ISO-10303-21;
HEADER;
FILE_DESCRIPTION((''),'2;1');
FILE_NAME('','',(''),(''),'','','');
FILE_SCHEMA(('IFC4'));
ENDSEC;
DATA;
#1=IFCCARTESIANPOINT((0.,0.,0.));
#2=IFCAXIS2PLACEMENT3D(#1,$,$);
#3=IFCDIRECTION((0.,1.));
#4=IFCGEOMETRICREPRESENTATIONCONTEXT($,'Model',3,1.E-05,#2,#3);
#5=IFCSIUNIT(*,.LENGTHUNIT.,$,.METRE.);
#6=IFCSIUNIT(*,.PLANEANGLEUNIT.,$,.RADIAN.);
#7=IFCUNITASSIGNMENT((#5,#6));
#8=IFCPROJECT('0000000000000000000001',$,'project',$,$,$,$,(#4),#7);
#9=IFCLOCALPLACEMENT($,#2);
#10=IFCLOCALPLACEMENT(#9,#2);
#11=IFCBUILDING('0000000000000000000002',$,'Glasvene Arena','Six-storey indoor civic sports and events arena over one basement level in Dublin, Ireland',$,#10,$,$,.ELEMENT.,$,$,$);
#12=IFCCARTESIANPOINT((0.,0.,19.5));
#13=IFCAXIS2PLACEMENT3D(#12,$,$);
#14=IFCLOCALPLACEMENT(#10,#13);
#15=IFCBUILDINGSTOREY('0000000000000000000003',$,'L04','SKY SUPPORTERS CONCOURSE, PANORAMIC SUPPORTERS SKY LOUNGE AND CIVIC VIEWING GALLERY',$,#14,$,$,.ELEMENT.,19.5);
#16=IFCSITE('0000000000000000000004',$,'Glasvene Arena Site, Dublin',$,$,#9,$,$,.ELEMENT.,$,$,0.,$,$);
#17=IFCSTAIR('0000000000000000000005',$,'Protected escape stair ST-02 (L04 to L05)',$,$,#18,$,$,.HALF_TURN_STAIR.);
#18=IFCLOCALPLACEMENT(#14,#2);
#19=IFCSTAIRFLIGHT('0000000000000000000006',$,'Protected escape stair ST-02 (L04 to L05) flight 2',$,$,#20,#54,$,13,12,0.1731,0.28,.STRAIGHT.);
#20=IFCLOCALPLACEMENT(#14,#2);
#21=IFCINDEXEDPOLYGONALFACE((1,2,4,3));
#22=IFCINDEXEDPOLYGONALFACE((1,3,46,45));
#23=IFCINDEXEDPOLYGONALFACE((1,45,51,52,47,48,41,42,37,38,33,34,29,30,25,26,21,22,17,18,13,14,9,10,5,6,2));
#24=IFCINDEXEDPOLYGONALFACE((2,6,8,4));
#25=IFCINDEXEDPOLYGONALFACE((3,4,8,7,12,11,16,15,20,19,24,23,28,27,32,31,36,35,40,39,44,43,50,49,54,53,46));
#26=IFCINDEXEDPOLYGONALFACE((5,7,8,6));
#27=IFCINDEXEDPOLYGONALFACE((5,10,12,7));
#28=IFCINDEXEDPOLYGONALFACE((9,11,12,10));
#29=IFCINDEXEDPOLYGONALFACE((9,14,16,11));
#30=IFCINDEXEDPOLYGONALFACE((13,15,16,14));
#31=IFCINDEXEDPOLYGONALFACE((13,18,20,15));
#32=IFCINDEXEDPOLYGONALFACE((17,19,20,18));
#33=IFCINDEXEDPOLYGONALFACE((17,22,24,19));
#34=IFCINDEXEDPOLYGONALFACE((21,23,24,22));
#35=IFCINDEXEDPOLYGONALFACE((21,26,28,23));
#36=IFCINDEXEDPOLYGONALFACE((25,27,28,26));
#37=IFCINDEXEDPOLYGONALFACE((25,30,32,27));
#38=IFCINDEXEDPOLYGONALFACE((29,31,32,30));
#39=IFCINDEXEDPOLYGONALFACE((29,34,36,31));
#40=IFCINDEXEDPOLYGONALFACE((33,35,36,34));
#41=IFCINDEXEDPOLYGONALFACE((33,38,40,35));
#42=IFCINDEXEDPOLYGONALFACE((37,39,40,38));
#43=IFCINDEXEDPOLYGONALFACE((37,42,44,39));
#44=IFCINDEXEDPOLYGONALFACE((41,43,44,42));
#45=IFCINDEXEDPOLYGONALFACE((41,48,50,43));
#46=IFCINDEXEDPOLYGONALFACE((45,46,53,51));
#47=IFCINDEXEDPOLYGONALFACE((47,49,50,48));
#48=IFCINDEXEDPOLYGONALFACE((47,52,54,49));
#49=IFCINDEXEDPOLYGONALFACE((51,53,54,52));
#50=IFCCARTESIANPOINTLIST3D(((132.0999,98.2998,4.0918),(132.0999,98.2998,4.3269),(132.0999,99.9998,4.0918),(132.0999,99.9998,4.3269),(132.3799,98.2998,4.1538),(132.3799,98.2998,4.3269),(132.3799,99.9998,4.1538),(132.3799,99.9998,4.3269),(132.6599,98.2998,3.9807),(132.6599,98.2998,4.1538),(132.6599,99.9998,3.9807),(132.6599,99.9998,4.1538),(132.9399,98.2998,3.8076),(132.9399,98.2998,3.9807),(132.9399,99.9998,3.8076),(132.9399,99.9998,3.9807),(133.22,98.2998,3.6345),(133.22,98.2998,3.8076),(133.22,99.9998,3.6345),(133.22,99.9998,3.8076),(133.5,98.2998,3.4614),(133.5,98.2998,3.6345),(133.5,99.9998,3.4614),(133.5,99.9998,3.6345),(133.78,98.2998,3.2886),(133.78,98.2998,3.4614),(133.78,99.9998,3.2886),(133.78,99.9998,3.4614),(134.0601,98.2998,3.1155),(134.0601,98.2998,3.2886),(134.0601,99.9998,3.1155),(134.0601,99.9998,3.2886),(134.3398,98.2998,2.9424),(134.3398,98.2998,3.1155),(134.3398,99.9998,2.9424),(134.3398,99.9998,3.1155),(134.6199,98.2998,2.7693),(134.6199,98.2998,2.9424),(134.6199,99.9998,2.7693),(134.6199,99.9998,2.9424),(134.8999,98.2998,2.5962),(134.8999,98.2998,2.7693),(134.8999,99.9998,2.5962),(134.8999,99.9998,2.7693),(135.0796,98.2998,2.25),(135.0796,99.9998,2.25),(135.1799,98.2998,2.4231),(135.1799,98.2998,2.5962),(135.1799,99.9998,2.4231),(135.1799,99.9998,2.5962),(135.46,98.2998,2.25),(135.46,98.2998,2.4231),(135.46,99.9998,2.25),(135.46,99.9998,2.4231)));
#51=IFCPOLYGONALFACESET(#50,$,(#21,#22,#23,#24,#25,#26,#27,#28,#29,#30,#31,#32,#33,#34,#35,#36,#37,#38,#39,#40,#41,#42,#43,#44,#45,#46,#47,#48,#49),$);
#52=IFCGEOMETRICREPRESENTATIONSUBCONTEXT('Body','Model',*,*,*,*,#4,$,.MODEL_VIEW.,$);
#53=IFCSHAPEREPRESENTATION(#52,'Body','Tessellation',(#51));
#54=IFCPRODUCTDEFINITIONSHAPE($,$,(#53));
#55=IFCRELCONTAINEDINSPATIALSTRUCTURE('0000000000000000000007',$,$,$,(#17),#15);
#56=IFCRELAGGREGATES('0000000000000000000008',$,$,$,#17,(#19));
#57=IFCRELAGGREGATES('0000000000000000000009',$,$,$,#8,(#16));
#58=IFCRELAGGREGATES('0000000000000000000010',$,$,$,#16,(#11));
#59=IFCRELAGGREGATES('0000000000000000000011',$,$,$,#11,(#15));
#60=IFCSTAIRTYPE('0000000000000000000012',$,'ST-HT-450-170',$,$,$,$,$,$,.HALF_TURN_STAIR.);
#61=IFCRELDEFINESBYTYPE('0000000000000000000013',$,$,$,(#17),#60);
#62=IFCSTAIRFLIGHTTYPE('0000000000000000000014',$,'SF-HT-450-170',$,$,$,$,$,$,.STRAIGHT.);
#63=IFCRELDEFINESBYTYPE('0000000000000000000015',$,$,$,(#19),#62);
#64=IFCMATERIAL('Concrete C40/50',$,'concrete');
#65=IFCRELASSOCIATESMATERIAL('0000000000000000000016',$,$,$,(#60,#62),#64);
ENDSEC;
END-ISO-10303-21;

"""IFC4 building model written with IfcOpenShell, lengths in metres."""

from ifc_helpers import new_model, si_unit, direction, frame, origin, place, context, subcontext, project, spatial, polyline, outline, extrude, material, type_object, element, aggregate, save


model = new_model("IFC4")

# Units and contexts
model_context = context("Model", 3, precision=1e-05, world=origin(), true_north=direction((0.0, 1.0)))
body_context = subcontext(model_context, "Body", "Model", "MODEL_VIEW")
ifc_project = project(units=[si_unit("LENGTHUNIT", "METRE"), si_unit("PLANEANGLEUNIT", "RADIAN")], contexts=[model_context])

# Site, building, storey
site_placement = place(None, origin())
site = spatial("IfcSite", under=ifc_project, at=site_placement, Name="Glasvene Arena Site, Dublin", CompositionType="ELEMENT", RefElevation=0.0)
building_placement = place(site_placement, origin())
building = spatial("IfcBuilding", under=site, at=building_placement, Name="Glasvene Arena", Description="Six-storey indoor civic sports and events arena over one basement level in Dublin, Ireland", CompositionType="ELEMENT")
storey_placement = place(building_placement, frame((0.0, 0.0, 19.5)))
storey = spatial("IfcBuildingStorey", under=building, at=storey_placement, Name="L04", Description="SKY SUPPORTERS CONCOURSE, PANORAMIC SUPPORTERS SKY LOUNGE AND CIVIC VIEWING GALLERY", CompositionType="ELEMENT", Elevation=19.5)

# Stair
ifc_material_1 = material(Name="Concrete C40/50", Category="concrete")
stair_type = type_object("IfcStairType", Name="ST-HT-450-170", PredefinedType="HALF_TURN_STAIR", material=ifc_material_1)
stair_placement = place(storey_placement, origin())
stair = element("IfcStair", 1, at=stair_placement, inside=storey, type_object=stair_type, Name="Protected escape stair ST-02 (L04 to L05)", PredefinedType="HALF_TURN_STAIR")

# Stair flight
stair_flight_type = type_object("IfcStairFlightType", Name="SF-HT-450-170", PredefinedType="STRAIGHT", material=ifc_material_1)
stair_flight_placement = place(storey_placement, frame((135.46, 99.1499, 2.25), z_axis=(0.0, 0.0, 1.0), x_axis=(-1.0, 0.0, 0.0)))
stair_flight = element("IfcStairFlight", 2, at=stair_flight_placement, type_object=stair_flight_type, Name="Protected escape stair ST-02 (L04 to L05) flight 2", NumberOfRisers=13, NumberOfTreads=12, PredefinedType="STRAIGHT", RiserHeight=0.1731, TreadLength=0.28, context=body_context, shape_type="SweptSolid", body=[
    extrude(outline(polyline([(0.0, 0.0), (0.0, 0.1731), (0.28, 0.1731), (0.28, 0.3462), (0.5601, 0.3462), (0.5601, 0.5193), (0.8401, 0.5193), (0.8401, 0.6924), (1.1201, 0.6924), (1.1201, 0.8655), (1.3999, 0.8655), (1.3999, 1.0386), (1.6799, 1.0386), (1.6799, 1.2114), (1.96, 1.2114), (1.96, 1.3845), (2.24, 1.3845), (2.24, 1.5576), (2.52, 1.5576), (2.52, 1.7307), (2.8, 1.7307), (2.8, 1.9038), (3.0801, 1.9038), (3.0801, 2.0769), (3.3601, 2.0769), (3.3601, 2.25), (3.3601, 1.8418), (0.3804, 0.0), (0.0, 0.0)])), frame((0.0, 0.8501, 0.0), z_axis=(0.0, -1.0, 0.0), x_axis=(1.0, 0.0, 0.0)), (0.0, 0.0, 1.0), 1.7),
])
aggregate(stair, [stair_flight])

save(model, "model.ifc")
